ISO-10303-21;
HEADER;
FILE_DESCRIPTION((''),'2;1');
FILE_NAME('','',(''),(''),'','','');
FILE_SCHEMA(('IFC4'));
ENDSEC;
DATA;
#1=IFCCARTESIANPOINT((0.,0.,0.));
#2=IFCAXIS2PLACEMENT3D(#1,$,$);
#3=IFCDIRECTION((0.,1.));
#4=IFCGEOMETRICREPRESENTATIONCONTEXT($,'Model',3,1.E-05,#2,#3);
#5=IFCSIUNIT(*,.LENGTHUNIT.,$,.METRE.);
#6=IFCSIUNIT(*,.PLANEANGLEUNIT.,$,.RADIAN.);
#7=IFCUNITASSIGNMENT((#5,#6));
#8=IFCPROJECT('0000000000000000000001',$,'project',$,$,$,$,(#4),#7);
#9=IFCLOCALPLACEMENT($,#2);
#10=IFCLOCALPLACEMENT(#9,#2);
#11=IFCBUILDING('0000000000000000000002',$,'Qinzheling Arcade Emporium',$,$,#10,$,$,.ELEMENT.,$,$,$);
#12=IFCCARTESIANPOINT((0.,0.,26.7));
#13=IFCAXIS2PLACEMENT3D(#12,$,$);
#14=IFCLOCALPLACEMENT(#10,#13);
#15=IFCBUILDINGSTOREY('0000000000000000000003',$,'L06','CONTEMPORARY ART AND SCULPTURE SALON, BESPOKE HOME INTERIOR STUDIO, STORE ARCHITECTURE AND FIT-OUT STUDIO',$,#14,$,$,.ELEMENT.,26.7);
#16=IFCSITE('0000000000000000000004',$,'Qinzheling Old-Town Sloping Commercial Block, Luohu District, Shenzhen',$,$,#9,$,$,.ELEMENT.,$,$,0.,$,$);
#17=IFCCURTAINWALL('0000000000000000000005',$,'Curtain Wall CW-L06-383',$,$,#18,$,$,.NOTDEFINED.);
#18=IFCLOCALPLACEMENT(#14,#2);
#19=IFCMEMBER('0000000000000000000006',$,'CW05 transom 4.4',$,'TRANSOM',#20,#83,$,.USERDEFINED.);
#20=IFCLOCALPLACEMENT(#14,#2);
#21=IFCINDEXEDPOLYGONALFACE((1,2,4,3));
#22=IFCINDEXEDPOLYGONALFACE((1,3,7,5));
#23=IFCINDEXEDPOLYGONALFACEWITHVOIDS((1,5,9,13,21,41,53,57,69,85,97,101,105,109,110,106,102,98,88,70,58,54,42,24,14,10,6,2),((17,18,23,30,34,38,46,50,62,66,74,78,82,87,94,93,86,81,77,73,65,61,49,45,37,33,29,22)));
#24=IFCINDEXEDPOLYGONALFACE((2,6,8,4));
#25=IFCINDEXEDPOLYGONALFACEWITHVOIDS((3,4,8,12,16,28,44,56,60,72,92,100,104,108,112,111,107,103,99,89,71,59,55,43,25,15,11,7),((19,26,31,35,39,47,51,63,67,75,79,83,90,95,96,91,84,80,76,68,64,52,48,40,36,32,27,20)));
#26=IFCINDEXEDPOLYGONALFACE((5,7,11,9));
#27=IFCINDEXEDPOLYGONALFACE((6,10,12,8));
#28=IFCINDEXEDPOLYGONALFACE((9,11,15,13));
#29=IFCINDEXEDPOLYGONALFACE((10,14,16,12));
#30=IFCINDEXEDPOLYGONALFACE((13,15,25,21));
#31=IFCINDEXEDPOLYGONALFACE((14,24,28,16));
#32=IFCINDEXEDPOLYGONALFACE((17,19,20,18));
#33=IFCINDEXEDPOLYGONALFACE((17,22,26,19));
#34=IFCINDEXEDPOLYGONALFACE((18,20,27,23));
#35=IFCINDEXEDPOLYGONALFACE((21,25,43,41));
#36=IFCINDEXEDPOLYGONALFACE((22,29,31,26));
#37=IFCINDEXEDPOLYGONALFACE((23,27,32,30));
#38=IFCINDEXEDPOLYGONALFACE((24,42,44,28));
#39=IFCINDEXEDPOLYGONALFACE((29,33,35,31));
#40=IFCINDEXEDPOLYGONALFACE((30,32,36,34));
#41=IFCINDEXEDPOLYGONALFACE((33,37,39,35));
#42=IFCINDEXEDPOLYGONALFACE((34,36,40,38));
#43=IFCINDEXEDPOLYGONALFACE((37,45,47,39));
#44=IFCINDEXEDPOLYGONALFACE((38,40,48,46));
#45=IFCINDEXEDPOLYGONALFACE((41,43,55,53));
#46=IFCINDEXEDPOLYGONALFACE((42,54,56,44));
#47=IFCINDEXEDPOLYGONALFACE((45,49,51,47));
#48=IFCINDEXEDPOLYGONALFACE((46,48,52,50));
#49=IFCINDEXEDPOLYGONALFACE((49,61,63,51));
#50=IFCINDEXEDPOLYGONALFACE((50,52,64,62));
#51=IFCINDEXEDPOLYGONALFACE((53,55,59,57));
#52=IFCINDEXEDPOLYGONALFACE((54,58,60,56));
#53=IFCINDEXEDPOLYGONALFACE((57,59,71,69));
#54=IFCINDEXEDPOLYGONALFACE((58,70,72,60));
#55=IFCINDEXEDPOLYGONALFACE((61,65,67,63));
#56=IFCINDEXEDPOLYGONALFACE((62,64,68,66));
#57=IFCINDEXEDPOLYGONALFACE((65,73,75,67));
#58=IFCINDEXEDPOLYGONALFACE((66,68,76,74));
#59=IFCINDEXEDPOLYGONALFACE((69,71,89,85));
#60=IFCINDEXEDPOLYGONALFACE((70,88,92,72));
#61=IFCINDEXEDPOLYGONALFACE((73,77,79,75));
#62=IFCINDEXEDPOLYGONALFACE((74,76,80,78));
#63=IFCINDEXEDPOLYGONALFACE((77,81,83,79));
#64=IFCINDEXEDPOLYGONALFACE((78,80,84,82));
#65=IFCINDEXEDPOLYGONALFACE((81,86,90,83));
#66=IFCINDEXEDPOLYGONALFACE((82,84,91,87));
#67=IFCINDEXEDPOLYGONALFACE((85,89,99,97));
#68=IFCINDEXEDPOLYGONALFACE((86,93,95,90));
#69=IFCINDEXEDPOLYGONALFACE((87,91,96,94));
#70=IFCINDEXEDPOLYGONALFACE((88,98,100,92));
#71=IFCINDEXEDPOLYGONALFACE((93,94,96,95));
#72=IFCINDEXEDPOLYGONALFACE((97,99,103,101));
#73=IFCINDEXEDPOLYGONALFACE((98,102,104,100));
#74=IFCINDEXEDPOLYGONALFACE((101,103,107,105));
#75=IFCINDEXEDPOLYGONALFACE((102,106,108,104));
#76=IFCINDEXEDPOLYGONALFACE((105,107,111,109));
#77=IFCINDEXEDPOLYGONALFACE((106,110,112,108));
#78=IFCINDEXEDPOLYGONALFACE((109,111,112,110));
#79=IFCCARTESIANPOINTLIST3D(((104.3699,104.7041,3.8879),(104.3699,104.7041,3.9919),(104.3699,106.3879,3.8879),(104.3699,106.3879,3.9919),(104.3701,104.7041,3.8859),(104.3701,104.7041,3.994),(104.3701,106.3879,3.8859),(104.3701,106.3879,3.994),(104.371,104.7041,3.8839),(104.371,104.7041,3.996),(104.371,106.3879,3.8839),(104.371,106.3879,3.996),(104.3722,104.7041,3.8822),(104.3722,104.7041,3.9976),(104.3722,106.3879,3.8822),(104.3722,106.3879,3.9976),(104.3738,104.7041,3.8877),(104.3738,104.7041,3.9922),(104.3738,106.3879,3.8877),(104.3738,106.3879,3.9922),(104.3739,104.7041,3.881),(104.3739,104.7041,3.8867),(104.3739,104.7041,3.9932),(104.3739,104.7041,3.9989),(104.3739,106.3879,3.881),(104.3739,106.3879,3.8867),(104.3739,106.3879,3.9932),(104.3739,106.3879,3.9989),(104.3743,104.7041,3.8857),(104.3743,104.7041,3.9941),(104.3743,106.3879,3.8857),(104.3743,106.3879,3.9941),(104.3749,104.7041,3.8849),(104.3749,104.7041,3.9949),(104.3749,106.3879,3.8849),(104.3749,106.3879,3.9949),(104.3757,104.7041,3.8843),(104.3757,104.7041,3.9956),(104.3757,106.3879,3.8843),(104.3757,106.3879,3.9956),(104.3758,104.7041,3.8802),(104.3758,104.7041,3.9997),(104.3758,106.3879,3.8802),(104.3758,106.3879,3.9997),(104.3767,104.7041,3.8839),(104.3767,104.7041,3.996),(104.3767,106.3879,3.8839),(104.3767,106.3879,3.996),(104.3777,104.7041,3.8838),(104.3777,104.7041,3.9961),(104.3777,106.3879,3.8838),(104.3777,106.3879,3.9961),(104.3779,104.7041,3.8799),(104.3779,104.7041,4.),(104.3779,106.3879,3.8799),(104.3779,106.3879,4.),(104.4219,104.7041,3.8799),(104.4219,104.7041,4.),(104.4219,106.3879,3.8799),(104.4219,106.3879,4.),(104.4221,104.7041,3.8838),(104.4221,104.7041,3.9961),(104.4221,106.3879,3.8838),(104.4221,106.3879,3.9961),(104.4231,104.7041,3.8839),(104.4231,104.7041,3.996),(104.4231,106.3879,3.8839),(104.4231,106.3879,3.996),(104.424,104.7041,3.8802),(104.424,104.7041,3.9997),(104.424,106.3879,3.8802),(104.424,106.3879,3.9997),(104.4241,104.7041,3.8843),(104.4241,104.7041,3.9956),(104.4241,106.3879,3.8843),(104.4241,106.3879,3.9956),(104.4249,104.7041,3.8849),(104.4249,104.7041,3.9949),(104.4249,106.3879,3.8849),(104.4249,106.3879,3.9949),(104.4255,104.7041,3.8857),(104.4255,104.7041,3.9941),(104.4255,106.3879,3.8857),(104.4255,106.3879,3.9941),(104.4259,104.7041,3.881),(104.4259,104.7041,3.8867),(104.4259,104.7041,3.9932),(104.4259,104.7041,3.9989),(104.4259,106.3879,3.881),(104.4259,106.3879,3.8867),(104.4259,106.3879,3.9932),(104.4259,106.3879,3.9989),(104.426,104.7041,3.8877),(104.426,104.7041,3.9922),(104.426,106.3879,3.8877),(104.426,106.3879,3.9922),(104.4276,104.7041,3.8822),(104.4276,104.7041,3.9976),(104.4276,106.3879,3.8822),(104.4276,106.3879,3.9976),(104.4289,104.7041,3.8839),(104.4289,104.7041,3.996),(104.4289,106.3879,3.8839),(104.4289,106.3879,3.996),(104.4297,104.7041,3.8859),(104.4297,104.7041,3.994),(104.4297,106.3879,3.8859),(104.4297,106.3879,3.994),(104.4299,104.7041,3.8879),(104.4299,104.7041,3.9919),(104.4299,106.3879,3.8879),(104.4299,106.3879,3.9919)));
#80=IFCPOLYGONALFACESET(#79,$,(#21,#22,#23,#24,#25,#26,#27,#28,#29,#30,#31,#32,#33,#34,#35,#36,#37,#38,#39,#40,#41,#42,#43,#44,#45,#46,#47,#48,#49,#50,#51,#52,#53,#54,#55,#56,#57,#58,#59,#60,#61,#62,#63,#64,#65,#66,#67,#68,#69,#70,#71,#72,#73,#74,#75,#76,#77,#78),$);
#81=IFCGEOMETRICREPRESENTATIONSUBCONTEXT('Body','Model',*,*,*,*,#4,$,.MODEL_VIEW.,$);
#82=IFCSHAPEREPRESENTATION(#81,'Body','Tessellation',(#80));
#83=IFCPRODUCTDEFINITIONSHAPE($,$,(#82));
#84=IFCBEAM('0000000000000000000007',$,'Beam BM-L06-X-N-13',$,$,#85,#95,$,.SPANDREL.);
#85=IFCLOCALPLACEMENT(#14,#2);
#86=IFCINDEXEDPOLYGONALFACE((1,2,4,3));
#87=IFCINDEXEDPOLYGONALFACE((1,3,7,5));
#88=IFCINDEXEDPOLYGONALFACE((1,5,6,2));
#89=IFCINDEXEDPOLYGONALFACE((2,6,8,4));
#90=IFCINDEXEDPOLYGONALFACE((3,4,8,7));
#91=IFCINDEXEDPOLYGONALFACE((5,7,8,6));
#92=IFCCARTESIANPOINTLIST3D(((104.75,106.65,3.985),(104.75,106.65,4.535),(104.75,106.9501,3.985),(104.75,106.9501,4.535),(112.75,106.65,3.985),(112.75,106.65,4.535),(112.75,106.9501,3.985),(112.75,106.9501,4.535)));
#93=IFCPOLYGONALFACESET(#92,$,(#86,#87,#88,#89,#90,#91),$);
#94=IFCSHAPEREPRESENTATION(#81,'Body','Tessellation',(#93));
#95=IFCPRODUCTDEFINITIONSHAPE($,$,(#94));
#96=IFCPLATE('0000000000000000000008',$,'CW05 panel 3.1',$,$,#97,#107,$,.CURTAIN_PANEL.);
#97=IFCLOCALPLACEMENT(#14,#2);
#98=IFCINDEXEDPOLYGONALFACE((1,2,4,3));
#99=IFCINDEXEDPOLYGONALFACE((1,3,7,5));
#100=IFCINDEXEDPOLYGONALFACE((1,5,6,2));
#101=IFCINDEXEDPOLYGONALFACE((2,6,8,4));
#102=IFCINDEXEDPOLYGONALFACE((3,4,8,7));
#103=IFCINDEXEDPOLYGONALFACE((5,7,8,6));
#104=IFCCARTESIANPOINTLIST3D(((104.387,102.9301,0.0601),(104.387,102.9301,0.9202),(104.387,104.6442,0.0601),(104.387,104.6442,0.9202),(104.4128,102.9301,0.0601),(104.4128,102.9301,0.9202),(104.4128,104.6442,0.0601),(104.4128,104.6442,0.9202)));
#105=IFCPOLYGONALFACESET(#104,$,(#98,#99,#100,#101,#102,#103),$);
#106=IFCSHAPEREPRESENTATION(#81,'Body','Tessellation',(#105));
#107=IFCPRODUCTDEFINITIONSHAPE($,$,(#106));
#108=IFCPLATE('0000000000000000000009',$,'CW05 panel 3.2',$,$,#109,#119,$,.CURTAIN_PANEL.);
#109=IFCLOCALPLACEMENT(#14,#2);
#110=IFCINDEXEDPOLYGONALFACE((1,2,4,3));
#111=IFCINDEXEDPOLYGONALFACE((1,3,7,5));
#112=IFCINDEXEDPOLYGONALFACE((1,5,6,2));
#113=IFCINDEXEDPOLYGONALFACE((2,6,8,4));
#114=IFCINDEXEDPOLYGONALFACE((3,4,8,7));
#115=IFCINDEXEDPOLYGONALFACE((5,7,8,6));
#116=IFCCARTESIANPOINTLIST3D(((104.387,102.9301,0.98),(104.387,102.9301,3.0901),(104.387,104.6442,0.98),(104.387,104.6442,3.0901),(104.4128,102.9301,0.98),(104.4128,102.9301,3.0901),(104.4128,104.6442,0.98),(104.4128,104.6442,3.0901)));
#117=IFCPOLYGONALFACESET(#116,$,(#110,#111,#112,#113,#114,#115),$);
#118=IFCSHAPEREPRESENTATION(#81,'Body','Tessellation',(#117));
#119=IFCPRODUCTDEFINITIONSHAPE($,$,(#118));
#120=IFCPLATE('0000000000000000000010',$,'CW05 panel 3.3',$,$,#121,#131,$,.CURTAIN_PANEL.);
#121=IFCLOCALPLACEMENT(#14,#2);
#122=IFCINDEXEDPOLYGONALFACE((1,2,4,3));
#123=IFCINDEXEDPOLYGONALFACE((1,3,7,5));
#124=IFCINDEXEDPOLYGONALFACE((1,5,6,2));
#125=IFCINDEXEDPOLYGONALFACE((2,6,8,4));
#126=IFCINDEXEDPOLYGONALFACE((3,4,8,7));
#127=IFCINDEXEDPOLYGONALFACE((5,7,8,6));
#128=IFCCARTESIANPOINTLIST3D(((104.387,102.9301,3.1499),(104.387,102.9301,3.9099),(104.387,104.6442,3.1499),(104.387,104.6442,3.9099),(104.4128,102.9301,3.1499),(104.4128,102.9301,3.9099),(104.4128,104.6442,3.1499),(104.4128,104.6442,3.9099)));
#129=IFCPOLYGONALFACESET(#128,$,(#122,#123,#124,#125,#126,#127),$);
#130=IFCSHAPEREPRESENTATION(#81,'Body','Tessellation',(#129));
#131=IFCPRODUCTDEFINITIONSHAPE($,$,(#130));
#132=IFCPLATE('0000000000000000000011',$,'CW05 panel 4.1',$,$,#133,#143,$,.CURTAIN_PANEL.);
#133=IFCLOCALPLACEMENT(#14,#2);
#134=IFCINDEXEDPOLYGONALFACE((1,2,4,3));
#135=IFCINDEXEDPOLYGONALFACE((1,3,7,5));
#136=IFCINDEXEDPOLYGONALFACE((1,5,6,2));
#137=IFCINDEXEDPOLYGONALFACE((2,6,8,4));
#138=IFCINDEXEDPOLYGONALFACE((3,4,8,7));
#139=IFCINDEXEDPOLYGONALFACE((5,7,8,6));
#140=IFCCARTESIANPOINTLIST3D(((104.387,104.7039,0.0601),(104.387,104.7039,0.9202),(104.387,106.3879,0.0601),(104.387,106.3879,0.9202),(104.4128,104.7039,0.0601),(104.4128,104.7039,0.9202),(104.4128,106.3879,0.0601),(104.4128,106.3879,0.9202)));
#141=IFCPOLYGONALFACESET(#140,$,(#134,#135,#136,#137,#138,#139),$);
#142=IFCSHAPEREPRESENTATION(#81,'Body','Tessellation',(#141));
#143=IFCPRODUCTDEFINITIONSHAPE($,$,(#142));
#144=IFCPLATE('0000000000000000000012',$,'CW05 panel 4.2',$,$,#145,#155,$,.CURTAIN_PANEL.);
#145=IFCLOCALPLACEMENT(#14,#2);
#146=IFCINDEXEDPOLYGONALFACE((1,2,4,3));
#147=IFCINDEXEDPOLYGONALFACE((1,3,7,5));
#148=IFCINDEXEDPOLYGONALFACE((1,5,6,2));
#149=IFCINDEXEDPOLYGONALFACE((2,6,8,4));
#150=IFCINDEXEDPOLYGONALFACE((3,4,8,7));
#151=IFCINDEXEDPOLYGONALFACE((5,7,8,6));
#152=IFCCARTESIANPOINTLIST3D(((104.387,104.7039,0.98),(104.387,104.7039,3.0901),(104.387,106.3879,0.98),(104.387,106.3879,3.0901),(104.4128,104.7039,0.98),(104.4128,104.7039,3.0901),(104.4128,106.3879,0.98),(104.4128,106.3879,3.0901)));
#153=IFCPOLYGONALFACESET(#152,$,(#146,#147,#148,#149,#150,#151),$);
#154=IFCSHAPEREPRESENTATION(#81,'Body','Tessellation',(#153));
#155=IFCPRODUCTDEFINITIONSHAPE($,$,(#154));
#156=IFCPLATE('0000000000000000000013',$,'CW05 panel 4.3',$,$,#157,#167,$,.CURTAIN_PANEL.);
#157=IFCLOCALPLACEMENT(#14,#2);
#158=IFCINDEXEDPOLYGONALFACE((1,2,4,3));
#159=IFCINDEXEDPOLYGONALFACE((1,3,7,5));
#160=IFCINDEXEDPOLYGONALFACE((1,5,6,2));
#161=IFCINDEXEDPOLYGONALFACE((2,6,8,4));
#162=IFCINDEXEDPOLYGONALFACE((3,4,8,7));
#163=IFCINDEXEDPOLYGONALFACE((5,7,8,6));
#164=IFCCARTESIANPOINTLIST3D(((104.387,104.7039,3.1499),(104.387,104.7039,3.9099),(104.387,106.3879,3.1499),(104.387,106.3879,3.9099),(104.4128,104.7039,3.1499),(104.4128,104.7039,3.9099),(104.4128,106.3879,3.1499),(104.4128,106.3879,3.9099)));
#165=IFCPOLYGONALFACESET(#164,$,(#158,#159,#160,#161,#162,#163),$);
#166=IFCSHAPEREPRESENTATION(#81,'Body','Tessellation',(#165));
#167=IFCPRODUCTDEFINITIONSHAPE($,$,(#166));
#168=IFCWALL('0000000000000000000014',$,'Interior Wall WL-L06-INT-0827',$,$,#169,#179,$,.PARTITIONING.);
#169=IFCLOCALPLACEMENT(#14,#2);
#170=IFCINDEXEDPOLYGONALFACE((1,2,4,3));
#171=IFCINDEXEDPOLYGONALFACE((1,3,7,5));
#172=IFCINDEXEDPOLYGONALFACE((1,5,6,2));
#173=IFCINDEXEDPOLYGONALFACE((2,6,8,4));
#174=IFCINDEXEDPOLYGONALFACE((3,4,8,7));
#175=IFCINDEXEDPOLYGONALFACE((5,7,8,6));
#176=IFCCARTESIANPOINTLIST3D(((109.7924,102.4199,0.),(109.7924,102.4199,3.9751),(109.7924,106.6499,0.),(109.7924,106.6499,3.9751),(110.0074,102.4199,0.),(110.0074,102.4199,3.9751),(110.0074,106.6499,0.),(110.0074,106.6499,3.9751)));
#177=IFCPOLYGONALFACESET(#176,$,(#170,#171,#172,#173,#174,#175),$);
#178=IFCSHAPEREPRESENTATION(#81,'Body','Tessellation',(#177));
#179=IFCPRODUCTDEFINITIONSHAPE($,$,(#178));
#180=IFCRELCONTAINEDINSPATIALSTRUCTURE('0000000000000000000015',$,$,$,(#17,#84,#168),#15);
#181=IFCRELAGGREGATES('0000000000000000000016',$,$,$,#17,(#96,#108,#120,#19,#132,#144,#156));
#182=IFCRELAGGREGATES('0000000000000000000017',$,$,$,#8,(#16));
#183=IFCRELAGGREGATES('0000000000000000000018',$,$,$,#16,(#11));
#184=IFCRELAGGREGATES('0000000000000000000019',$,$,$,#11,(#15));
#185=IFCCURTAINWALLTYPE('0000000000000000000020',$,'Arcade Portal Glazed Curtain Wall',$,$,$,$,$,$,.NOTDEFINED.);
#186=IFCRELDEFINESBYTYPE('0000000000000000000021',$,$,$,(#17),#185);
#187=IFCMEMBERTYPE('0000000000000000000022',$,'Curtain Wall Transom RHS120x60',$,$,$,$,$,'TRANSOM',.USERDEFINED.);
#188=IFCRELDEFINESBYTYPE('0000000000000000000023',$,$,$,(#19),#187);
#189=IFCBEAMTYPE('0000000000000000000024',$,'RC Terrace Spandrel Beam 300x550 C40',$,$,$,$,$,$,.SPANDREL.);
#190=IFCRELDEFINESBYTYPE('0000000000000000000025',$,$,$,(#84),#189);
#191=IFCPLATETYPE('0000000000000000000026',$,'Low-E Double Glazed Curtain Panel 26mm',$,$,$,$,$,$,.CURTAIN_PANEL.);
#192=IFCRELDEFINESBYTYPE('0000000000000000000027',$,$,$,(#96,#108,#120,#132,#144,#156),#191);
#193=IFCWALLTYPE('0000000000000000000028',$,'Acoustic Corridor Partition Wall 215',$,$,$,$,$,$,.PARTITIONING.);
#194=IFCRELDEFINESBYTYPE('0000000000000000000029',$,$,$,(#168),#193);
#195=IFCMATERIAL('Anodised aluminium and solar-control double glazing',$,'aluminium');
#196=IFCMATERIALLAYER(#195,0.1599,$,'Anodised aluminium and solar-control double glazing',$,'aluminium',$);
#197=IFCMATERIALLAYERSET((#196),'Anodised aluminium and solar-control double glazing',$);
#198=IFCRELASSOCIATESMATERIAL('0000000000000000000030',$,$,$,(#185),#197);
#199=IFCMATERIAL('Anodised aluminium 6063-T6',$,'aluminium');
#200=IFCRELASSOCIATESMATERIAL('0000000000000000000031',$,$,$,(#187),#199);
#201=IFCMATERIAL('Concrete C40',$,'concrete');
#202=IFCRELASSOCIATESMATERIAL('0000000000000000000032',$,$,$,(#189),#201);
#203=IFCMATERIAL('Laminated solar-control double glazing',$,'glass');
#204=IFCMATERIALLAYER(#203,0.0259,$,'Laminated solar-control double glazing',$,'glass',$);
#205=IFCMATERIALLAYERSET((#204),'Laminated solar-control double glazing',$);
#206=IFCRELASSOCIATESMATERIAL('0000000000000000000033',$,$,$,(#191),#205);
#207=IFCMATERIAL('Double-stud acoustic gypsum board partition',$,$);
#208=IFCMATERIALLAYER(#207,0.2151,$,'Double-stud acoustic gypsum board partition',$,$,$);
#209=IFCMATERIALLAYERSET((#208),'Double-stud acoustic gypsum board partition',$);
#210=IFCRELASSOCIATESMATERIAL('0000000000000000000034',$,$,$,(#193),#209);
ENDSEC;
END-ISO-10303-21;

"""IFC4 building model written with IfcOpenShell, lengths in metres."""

from ifc_helpers import new_model, si_unit, direction, frame, frame_2d, origin, origin_2d, place, context, subcontext, project, spatial, rectangle, hollow_rectangle, extrude, material, layer, layer_set, material_profile, profile_set, type_object, element, aggregate, save


model = new_model("IFC4")

# Units and contexts
model_context = context("Model", 3, precision=1e-05, world=origin(), true_north=direction((0.0, 1.0)))
body_context = subcontext(model_context, "Body", "Model", "MODEL_VIEW")
ifc_project = project(units=[si_unit("LENGTHUNIT", "METRE"), si_unit("PLANEANGLEUNIT", "RADIAN")], contexts=[model_context])

# Site, building, storey
site_placement = place(None, origin())
site = spatial("IfcSite", under=ifc_project, at=site_placement, Name="Qinzheling Old-Town Sloping Commercial Block, Luohu District, Shenzhen", CompositionType="ELEMENT", RefElevation=0.0)
building_placement = place(site_placement, origin())
building = spatial("IfcBuilding", under=site, at=building_placement, Name="Qinzheling Arcade Emporium", CompositionType="ELEMENT")
storey_placement = place(building_placement, frame((0.0, 0.0, 26.7)))
storey = spatial("IfcBuildingStorey", under=building, at=storey_placement, Name="L06", Description="CONTEMPORARY ART AND SCULPTURE SALON, BESPOKE HOME INTERIOR STUDIO, STORE ARCHITECTURE AND FIT-OUT STUDIO", CompositionType="ELEMENT", Elevation=26.7)

# Shared definitions
ifc_material_1 = material(Name="Concrete C40", Category="concrete")

# Curtain wall, member
ifc_material_2 = material(Name="Anodised aluminium and solar-control double glazing", Category="aluminium")
ifc_layer_1 = layer(ifc_material_2, 0.1599, Name="Anodised aluminium and solar-control double glazing", Category="aluminium")
ifc_layer_set_1 = layer_set([ifc_layer_1], Name="Anodised aluminium and solar-control double glazing")
curtain_wall_type = type_object("IfcCurtainWallType", Name="Arcade Portal Glazed Curtain Wall", PredefinedType="NOTDEFINED", material=ifc_layer_set_1)
curtain_wall_placement = place(storey_placement, origin())
curtain_wall = element("IfcCurtainWall", 1, at=curtain_wall_placement, inside=storey, type_object=curtain_wall_type, Name="Curtain Wall CW-L06-383", PredefinedType="NOTDEFINED")
ifc_material_3 = material(Name="Anodised aluminium 6063-T6", Category="aluminium")
ifc_material_profile_1 = material_profile(ifc_material_3, hollow_rectangle(XDim=0.0601, YDim=0.1201, WallThickness=0.0039, InnerFilletRadius=0.0039, OuterFilletRadius=0.0081, at=origin_2d()), Name="RHS 120x60x4", Category="aluminium")
ifc_profile_set_1 = profile_set([ifc_material_profile_1], Name="Anodised aluminium 6063-T6")
member_type_1 = type_object("IfcMemberType", Name="Curtain Wall Transom RHS120x60", ElementType="TRANSOM", PredefinedType="USERDEFINED", material=ifc_profile_set_1)
member_1_placement = place(storey_placement, frame((104.3999, 104.7041, 3.9399), z_axis=(0.0, 1.0, 0.0), x_axis=(-1.0, 0.0, 0.0)))
member_1 = element("IfcMember", 2, at=member_1_placement, type_object=member_type_1, Name="CW05 transom 4.4", ObjectType="TRANSOM", PredefinedType="USERDEFINED", context=body_context, shape_type="SweptSolid", body=[
    extrude(hollow_rectangle(XDim=0.0601, YDim=0.1201, WallThickness=0.0039, InnerFilletRadius=0.0039, OuterFilletRadius=0.0081, at=origin_2d()), origin(), (0.0, 0.0, 1.0), 1.6838),
])

# Beam
ifc_material_profile_2 = material_profile(ifc_material_1, rectangle(XDim=0.3, YDim=0.55, at=origin_2d()), Name="RC 300x550", Category="concrete")
ifc_profile_set_2 = profile_set([ifc_material_profile_2], Name="Concrete C40")
beam_type = type_object("IfcBeamType", Name="RC Terrace Spandrel Beam 300x550 C40", PredefinedType="SPANDREL", material=ifc_profile_set_2)
beam_placement = place(storey_placement, frame((104.75, 106.8, 4.26), z_axis=(1.0, 0.0, 0.0), x_axis=(0.0, 1.0, 0.0)))
element("IfcBeam", 3, at=beam_placement, inside=storey, type_object=beam_type, Name="Beam BM-L06-X-N-13", PredefinedType="SPANDREL", context=body_context, shape_type="SweptSolid", body=[
    extrude(rectangle(XDim=0.3, YDim=0.55, at=origin_2d()), origin(), (0.0, 0.0, 1.0), 8.0),
])

# Plates
ifc_material_4 = material(Name="Laminated solar-control double glazing", Category="glass")
ifc_layer_2 = layer(ifc_material_4, 0.0259, Name="Laminated solar-control double glazing", Category="glass")
ifc_layer_set_2 = layer_set([ifc_layer_2], Name="Laminated solar-control double glazing")
plate_type = type_object("IfcPlateType", Name="Low-E Double Glazed Curtain Panel 26mm", PredefinedType="CURTAIN_PANEL", material=ifc_layer_set_2)
plate_1_placement = place(storey_placement, frame((104.3999, 103.7871, 0.0601), z_axis=(0.0, 0.0, 1.0), x_axis=(0.0, 1.0, 0.0)))
plate_1 = element("IfcPlate", 4, at=plate_1_placement, type_object=plate_type, Name="CW05 panel 3.1", PredefinedType="CURTAIN_PANEL", context=body_context, shape_type="SweptSolid", body=[
    extrude(rectangle(XDim=1.7141, YDim=0.0259, at=origin_2d()), origin(), (0.0, 0.0, 1.0), 0.8601),
])
plate_2_placement = place(storey_placement, frame((104.3999, 103.7871, 0.98), z_axis=(0.0, 0.0, 1.0), x_axis=(0.0, 1.0, 0.0)))
plate_2 = element("IfcPlate", 5, at=plate_2_placement, type_object=plate_type, Name="CW05 panel 3.2", PredefinedType="CURTAIN_PANEL", context=body_context, shape_type="SweptSolid", body=[
    extrude(rectangle(XDim=1.7141, YDim=0.0259, at=origin_2d()), origin(), (0.0, 0.0, 1.0), 2.1101),
])
plate_3_placement = place(storey_placement, frame((104.3999, 103.7871, 3.1499), z_axis=(0.0, 0.0, 1.0), x_axis=(0.0, 1.0, 0.0)))
plate_3 = element("IfcPlate", 6, at=plate_3_placement, type_object=plate_type, Name="CW05 panel 3.3", PredefinedType="CURTAIN_PANEL", context=body_context, shape_type="SweptSolid", body=[
    extrude(rectangle(XDim=1.7141, YDim=0.0259, at=origin_2d()), origin(), (0.0, 0.0, 1.0), 0.76),
])
plate_4_placement = place(storey_placement, frame((104.3999, 105.5459, 0.0601), z_axis=(0.0, 0.0, 1.0), x_axis=(0.0, 1.0, 0.0)))
plate_4 = element("IfcPlate", 7, at=plate_4_placement, type_object=plate_type, Name="CW05 panel 4.1", PredefinedType="CURTAIN_PANEL", context=body_context, shape_type="SweptSolid", body=[
    extrude(rectangle(XDim=1.6841, YDim=0.0259, at=origin_2d()), origin(), (0.0, 0.0, 1.0), 0.8601),
])
plate_5_placement = place(storey_placement, frame((104.3999, 105.5459, 0.98), z_axis=(0.0, 0.0, 1.0), x_axis=(0.0, 1.0, 0.0)))
plate_5 = element("IfcPlate", 8, at=plate_5_placement, type_object=plate_type, Name="CW05 panel 4.2", PredefinedType="CURTAIN_PANEL", context=body_context, shape_type="SweptSolid", body=[
    extrude(rectangle(XDim=1.6841, YDim=0.0259, at=origin_2d()), origin(), (0.0, 0.0, 1.0), 2.1101),
])
plate_6_placement = place(storey_placement, frame((104.3999, 105.5459, 3.1499), z_axis=(0.0, 0.0, 1.0), x_axis=(0.0, 1.0, 0.0)))
plate_6 = element("IfcPlate", 9, at=plate_6_placement, type_object=plate_type, Name="CW05 panel 4.3", PredefinedType="CURTAIN_PANEL", context=body_context, shape_type="SweptSolid", body=[
    extrude(rectangle(XDim=1.6841, YDim=0.0259, at=origin_2d()), origin(), (0.0, 0.0, 1.0), 0.76),
])
aggregate(curtain_wall, [plate_1, plate_2, plate_3, member_1, plate_4, plate_5, plate_6])

# Wall
ifc_material_5 = material(Name="Double-stud acoustic gypsum board partition")
ifc_layer_3 = layer(ifc_material_5, 0.2151, Name="Double-stud acoustic gypsum board partition")
ifc_layer_set_3 = layer_set([ifc_layer_3], Name="Double-stud acoustic gypsum board partition")
wall_type_1 = type_object("IfcWallType", Name="Acoustic Corridor Partition Wall 215", PredefinedType="PARTITIONING", material=ifc_layer_set_3)
wall_1_placement = place(storey_placement, frame((109.8999, 102.4199, 0.0), z_axis=(0.0, 0.0, 1.0), x_axis=(0.0, 1.0, 0.0)))
element("IfcWall", 10, at=wall_1_placement, inside=storey, type_object=wall_type_1, Name="Interior Wall WL-L06-INT-0827", PredefinedType="PARTITIONING", context=body_context, shape_type="SweptSolid", body=[
    extrude(rectangle(XDim=4.23, YDim=0.2151, at=frame_2d((2.115, 0.0))), origin(), (0.0, 0.0, 1.0), 3.9751),
])

save(model, "model.ifc")
